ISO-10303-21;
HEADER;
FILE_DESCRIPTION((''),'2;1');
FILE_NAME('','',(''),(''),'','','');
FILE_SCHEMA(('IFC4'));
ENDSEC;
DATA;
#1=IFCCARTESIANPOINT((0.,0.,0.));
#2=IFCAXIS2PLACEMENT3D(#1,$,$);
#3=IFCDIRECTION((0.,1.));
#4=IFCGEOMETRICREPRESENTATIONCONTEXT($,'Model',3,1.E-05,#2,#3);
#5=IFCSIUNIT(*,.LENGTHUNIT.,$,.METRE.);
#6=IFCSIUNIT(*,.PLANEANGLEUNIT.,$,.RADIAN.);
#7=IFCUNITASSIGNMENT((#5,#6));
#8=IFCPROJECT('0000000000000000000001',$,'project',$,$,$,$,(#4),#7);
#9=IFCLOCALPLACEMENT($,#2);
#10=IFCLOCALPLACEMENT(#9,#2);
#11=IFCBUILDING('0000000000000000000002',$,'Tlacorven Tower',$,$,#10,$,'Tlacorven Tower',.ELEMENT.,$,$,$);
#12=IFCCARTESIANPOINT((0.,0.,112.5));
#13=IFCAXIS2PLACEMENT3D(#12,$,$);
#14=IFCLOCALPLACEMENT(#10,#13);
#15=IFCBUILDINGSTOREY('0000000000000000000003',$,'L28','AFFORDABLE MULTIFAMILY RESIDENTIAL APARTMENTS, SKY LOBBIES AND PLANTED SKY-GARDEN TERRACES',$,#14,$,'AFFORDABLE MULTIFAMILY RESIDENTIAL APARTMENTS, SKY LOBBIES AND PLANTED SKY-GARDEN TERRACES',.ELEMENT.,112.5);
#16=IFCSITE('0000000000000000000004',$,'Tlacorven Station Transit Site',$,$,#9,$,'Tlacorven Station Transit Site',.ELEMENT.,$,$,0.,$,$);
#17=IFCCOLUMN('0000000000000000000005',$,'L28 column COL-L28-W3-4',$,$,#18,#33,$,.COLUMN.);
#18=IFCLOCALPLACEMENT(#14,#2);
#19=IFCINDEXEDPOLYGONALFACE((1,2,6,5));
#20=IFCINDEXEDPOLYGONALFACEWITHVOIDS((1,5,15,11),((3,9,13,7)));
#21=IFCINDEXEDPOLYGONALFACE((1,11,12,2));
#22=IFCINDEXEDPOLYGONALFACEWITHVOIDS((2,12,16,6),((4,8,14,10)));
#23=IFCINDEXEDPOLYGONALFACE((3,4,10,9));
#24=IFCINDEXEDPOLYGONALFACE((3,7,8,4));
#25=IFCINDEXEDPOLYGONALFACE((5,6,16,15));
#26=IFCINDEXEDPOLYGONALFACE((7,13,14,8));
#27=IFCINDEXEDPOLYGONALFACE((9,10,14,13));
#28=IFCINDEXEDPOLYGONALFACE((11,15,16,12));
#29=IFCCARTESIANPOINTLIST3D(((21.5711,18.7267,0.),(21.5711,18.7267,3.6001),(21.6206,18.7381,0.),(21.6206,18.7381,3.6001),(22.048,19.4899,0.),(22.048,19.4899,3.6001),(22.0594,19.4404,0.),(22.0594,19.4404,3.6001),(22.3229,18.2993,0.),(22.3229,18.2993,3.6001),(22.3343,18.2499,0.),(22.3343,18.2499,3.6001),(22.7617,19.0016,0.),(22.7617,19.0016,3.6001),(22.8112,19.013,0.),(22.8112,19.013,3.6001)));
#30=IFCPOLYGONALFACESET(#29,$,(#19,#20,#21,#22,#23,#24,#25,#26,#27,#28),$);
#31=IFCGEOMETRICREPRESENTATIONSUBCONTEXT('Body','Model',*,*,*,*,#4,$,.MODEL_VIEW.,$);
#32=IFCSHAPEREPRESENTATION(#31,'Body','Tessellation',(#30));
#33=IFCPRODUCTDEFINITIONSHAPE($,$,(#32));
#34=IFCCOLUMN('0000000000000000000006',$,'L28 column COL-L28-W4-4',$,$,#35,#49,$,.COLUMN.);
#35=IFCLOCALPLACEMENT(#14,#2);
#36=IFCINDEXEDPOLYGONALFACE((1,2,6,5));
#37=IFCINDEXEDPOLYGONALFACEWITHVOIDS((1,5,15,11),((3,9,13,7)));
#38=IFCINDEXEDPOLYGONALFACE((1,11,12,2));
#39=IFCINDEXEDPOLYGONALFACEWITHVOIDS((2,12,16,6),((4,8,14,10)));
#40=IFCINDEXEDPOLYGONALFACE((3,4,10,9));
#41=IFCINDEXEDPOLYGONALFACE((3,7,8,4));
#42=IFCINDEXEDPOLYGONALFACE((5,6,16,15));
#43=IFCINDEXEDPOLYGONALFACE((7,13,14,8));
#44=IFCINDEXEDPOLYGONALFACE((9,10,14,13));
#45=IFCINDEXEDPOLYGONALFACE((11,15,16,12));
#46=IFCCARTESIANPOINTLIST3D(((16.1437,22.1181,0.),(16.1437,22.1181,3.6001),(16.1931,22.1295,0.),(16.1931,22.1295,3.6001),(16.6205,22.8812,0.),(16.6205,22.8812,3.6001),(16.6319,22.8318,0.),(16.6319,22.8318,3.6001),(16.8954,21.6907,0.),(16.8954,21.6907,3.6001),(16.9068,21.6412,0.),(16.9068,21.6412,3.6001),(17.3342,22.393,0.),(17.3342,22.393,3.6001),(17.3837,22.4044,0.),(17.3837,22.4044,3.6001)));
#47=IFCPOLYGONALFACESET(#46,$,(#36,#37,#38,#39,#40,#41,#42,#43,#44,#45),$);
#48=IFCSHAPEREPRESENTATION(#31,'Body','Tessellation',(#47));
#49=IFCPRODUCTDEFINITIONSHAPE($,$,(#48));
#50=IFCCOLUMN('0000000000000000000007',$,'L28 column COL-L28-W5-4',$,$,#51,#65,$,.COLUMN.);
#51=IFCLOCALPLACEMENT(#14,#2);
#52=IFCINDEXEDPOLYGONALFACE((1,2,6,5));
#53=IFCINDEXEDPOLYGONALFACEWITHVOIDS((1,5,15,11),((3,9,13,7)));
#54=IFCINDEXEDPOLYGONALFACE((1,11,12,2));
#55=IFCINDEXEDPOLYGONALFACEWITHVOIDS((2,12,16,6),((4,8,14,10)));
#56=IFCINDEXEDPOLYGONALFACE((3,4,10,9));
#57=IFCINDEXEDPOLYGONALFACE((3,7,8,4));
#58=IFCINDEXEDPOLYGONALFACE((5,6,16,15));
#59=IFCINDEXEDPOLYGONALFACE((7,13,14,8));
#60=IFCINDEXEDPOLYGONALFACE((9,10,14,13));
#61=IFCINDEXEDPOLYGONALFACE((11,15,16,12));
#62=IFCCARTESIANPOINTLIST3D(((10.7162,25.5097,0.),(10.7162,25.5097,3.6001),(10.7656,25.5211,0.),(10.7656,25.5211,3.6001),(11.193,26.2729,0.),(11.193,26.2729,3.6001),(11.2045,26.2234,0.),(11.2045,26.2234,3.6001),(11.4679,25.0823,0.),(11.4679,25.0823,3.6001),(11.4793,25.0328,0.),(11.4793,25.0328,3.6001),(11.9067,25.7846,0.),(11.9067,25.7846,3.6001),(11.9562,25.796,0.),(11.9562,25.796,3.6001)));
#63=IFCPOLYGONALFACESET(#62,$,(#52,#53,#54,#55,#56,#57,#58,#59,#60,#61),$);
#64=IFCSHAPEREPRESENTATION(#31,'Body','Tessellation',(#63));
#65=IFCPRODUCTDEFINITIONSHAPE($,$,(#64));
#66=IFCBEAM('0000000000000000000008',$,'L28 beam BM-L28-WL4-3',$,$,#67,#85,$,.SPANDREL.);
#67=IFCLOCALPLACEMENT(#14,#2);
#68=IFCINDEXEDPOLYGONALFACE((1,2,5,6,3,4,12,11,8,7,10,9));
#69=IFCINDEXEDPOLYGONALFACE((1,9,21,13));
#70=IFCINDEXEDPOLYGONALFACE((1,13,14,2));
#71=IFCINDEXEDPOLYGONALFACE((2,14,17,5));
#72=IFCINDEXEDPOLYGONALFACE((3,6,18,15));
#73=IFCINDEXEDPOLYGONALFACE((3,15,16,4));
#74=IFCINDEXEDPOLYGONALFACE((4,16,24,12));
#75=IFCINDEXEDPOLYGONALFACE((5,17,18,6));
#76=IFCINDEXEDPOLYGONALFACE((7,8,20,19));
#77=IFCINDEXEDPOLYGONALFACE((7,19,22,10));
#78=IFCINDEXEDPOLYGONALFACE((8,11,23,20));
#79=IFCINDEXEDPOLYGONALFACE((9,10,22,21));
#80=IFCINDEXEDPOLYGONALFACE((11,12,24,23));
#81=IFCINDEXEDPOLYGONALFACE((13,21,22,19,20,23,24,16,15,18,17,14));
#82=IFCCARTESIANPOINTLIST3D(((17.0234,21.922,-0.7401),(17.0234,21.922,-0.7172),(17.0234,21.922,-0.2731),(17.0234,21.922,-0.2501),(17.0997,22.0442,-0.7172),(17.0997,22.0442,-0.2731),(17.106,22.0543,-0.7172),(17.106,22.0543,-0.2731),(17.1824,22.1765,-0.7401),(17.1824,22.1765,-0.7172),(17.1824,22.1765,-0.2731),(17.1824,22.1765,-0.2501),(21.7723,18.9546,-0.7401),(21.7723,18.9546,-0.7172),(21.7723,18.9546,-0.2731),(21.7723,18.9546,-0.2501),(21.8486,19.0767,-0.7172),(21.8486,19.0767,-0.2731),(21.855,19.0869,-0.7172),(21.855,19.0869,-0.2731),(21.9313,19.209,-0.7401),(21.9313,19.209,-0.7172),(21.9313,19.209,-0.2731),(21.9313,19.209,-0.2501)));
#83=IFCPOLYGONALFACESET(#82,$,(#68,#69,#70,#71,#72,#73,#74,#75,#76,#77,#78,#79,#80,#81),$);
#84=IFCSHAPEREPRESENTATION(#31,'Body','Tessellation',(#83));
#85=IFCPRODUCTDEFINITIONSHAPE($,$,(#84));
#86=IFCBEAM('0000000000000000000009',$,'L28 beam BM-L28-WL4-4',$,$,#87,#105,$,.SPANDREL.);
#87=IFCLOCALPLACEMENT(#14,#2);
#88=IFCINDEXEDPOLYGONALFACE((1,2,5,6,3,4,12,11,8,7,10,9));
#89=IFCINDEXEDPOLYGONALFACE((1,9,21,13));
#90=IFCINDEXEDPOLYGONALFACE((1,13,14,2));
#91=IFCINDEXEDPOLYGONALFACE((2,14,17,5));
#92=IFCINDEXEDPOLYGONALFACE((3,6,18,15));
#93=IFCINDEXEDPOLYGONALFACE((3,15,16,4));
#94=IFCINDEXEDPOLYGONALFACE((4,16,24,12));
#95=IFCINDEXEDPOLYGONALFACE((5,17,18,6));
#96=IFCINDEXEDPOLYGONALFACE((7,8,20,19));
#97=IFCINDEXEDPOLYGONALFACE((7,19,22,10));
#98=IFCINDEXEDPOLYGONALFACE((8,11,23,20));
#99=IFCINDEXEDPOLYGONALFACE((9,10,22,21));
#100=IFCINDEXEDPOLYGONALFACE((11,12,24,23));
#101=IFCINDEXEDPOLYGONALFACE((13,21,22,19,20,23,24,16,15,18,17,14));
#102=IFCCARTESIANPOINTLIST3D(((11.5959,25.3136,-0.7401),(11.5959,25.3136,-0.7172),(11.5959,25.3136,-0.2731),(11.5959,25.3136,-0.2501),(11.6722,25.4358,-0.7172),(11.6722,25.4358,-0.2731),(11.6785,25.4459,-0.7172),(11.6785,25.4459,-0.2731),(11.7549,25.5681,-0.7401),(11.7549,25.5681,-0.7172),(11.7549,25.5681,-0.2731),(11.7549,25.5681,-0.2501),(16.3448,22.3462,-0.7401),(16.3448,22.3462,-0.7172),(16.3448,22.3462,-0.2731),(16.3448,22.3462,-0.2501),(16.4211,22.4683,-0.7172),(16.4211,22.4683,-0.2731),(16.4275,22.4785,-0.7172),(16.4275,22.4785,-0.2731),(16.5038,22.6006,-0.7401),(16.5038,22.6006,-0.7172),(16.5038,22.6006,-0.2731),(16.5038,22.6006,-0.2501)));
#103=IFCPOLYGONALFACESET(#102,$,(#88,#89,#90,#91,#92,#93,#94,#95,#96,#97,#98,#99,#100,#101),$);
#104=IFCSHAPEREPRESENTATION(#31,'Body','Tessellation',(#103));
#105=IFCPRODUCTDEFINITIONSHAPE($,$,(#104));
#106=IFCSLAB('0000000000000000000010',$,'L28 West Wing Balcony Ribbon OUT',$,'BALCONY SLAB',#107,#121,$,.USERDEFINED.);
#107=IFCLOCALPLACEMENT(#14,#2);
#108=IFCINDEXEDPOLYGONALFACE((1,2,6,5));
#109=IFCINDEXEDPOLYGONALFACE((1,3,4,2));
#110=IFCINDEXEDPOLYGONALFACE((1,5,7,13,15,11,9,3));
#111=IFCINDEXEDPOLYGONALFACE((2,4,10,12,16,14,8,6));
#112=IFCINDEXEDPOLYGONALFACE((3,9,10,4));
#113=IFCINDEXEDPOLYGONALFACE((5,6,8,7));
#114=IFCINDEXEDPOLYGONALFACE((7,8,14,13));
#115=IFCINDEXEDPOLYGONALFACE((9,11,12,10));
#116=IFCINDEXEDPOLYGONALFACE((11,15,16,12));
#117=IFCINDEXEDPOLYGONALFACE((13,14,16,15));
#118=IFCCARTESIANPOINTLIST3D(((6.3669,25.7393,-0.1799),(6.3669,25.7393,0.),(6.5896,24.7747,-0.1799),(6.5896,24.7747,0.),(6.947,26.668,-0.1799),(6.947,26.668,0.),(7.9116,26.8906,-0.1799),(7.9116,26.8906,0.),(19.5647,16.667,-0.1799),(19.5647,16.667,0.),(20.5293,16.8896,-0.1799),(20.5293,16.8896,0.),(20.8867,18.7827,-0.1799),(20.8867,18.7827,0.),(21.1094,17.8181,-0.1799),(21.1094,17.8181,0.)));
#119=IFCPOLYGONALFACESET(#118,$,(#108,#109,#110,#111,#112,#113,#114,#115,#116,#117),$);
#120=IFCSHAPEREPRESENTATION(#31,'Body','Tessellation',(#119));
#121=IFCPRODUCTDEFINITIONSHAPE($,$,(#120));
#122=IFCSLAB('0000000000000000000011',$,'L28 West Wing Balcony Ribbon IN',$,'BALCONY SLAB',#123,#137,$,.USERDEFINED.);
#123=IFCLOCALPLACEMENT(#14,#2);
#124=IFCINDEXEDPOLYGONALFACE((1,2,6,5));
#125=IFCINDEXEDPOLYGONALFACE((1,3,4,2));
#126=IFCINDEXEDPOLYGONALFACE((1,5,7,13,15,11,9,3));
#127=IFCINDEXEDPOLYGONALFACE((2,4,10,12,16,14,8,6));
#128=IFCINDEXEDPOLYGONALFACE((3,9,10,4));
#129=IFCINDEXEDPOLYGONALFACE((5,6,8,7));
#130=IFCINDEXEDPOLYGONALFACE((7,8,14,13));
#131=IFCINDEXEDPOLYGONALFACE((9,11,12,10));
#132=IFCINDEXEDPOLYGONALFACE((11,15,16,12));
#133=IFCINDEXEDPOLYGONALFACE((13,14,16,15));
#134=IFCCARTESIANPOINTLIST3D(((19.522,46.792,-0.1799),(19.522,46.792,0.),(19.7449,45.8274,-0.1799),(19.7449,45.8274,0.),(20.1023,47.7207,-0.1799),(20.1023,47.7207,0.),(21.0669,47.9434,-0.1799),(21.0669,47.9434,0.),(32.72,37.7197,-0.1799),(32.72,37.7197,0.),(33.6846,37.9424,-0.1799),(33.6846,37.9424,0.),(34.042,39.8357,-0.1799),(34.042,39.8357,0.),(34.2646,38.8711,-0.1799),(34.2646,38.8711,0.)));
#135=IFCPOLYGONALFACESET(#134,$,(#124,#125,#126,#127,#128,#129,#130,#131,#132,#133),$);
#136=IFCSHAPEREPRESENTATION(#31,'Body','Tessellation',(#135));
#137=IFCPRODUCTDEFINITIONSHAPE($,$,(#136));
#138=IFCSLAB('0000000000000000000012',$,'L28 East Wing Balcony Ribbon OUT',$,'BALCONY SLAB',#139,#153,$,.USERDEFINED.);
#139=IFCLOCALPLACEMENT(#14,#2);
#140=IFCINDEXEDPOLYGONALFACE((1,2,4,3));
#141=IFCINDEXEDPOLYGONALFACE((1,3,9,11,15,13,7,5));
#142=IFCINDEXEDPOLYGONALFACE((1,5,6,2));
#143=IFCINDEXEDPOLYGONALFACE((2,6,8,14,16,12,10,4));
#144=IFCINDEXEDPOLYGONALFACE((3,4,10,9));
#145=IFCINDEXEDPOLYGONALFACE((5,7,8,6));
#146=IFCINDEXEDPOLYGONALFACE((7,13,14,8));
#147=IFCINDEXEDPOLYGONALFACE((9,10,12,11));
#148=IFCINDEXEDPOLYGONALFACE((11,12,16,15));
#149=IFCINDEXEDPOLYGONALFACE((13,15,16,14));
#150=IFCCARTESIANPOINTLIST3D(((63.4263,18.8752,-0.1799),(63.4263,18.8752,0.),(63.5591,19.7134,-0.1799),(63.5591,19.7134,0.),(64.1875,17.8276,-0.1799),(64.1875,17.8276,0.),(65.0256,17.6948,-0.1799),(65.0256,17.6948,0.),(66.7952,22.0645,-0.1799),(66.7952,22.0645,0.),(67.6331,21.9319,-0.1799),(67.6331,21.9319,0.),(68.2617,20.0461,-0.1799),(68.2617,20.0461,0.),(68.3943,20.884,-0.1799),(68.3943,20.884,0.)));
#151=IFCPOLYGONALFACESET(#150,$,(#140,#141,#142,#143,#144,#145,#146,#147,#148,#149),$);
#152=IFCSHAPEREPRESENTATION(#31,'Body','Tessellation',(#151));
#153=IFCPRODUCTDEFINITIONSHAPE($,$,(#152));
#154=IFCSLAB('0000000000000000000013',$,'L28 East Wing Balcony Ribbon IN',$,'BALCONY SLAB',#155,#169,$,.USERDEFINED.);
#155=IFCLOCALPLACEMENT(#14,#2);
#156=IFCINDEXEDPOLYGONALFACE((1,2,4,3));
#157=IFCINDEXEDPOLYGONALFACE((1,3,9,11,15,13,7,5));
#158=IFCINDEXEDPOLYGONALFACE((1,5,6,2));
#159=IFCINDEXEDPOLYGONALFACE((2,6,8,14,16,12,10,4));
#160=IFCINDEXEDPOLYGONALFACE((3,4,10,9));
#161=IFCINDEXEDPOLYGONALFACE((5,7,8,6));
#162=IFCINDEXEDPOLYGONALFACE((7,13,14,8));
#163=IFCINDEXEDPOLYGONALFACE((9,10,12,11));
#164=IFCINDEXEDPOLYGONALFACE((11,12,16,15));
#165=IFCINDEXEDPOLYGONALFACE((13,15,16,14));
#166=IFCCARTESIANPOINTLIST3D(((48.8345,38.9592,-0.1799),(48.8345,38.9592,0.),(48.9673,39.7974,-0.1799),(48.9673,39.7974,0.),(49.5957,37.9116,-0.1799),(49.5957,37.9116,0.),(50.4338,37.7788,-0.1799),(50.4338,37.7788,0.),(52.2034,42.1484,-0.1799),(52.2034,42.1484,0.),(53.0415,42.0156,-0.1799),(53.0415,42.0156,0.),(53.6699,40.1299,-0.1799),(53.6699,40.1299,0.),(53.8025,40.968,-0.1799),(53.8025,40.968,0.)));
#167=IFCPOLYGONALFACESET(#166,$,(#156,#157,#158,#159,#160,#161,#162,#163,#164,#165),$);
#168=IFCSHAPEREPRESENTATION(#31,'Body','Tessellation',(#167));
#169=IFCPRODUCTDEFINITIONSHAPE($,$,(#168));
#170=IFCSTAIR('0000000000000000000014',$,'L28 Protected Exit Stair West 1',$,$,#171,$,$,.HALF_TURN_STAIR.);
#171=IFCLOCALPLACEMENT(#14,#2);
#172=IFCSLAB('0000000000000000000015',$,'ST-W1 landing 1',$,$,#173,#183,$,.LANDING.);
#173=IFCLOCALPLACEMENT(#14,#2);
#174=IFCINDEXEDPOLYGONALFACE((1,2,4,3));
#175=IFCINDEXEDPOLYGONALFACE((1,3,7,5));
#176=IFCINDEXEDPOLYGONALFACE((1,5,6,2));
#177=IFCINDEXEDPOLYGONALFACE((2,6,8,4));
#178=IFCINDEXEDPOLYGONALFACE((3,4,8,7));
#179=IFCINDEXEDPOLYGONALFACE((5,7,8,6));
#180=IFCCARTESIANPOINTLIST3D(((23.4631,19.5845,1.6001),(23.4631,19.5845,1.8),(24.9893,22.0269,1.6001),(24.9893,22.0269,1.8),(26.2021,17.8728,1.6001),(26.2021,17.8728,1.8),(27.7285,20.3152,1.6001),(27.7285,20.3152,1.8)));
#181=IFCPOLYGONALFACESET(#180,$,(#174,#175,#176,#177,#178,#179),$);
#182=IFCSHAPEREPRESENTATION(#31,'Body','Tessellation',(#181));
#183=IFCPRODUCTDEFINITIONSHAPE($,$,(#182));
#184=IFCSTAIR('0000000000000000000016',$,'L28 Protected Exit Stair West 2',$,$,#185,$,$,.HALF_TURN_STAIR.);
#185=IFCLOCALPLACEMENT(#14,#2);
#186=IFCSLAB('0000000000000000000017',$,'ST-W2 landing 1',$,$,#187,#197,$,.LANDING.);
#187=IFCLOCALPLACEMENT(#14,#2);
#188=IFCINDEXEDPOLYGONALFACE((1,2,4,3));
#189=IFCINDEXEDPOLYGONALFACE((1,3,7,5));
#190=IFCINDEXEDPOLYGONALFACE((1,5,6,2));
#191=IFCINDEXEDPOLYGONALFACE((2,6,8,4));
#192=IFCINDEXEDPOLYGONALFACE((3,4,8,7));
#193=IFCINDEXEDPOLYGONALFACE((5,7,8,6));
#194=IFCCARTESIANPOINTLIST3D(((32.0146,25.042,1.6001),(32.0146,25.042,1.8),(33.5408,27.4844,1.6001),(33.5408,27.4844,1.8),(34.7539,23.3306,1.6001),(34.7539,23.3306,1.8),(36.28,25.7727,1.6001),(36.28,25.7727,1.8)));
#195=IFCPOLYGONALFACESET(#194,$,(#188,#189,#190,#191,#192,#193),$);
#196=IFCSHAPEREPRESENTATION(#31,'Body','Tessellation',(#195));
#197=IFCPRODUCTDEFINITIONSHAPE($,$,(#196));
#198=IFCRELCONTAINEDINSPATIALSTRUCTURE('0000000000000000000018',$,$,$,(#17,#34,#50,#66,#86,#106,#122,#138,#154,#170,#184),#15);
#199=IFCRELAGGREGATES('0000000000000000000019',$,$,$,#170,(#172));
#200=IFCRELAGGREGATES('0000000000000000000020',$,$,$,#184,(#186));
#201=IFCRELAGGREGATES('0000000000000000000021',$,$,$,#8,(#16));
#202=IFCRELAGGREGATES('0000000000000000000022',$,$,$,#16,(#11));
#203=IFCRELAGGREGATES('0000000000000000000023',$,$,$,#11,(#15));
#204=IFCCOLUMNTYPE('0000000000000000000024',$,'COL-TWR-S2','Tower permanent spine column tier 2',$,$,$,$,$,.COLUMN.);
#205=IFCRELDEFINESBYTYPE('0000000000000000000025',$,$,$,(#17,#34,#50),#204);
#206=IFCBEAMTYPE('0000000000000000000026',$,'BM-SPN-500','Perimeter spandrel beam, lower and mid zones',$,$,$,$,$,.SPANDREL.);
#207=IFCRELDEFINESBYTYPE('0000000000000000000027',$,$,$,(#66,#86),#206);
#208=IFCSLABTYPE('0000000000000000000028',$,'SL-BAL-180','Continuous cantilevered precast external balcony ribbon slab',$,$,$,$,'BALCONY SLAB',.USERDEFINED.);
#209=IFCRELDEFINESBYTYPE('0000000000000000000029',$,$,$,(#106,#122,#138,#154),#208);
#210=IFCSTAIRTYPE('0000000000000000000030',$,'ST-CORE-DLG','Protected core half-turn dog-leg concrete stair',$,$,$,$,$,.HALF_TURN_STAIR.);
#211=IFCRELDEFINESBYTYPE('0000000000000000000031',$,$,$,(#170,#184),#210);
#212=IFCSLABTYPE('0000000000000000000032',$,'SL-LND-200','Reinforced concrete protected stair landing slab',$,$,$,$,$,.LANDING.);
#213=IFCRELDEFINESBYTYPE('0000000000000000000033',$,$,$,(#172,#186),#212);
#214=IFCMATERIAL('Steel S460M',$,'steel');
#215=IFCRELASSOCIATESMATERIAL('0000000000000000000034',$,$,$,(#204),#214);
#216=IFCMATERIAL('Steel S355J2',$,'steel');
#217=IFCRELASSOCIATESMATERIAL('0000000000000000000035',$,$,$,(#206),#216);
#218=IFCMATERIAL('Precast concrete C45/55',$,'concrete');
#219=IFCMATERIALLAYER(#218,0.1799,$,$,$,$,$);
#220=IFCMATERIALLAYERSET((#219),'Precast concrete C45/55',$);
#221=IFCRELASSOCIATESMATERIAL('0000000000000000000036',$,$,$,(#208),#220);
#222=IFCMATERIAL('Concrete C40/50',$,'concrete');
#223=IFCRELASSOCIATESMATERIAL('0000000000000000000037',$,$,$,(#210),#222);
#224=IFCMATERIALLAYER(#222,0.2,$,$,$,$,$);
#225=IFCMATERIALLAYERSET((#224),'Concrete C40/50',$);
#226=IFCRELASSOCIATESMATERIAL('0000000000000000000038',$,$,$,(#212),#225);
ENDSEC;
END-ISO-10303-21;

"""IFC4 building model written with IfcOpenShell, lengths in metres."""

from ifc_helpers import new_model, si_unit, direction, frame, origin, origin_2d, place, context, subcontext, project, spatial, polyline, hollow_rectangle, i_section, outline, extrude, source, transform, mapped, material, layer, layer_set, material_profile, profile_set, type_object, element, aggregate, save


model = new_model("IFC4")

# Units and contexts
model_context = context("Model", 3, precision=1e-05, world=origin(), true_north=direction((0.0, 1.0)))
body_context = subcontext(model_context, "Body", "Model", "MODEL_VIEW")
ifc_project = project(units=[si_unit("LENGTHUNIT", "METRE"), si_unit("PLANEANGLEUNIT", "RADIAN")], contexts=[model_context])

# Site, building, storey
site_placement = place(None, origin())
site = spatial("IfcSite", under=ifc_project, at=site_placement, Name="Tlacorven Station Transit Site", LongName="Tlacorven Station Transit Site", CompositionType="ELEMENT", RefElevation=0.0)
building_placement = place(site_placement, origin())
building = spatial("IfcBuilding", under=site, at=building_placement, Name="Tlacorven Tower", LongName="Tlacorven Tower", CompositionType="ELEMENT")
storey_placement = place(building_placement, frame((0.0, 0.0, 112.5)))
storey = spatial("IfcBuildingStorey", under=building, at=storey_placement, Name="L28", Description="AFFORDABLE MULTIFAMILY RESIDENTIAL APARTMENTS, SKY LOBBIES AND PLANTED SKY-GARDEN TERRACES", LongName="AFFORDABLE MULTIFAMILY RESIDENTIAL APARTMENTS, SKY LOBBIES AND PLANTED SKY-GARDEN TERRACES", CompositionType="ELEMENT", Elevation=112.5)

# Columns
ifc_material_1 = material(Name="Steel S460M", Category="steel")
ifc_material_profile_1 = material_profile(ifc_material_1, hollow_rectangle(XDim=0.8999, YDim=0.8999, WallThickness=0.0359, at=origin_2d()), Name="BOX 900X900X36")
ifc_profile_set_1 = profile_set([ifc_material_profile_1], Name="Steel S460M")
column_type = type_object("IfcColumnType", Name="COL-TWR-S2", Description="Tower permanent spine column tier 2", PredefinedType="COLUMN", material=ifc_profile_set_1)
shared_shape_1 = source(origin(), body_context, "Body", "SweptSolid", [
    extrude(hollow_rectangle(XDim=0.8999, YDim=0.8999, WallThickness=0.0359, at=origin_2d()), origin(), (0.0, 0.0, 1.0), 3.6001),
])
for number, where, z_axis, x_axis, name in (
    (1, (22.1912, 18.8699, 0.0), (0.0, 0.0, 1.0), (-0.848048, 0.529919, 0.0), "L28 column COL-L28-W3-4"),
    (2, (16.7637, 22.2612, 0.0), (0.0, 0.0, 1.0), (-0.848048, 0.529919, 0.0), "L28 column COL-L28-W4-4"),
    (3, (11.3362, 25.6528, 0.0), (0.0, 0.0, 1.0), (-0.848048, 0.529919, 0.0), "L28 column COL-L28-W5-4"),
):
    element("IfcColumn", number, at=place(storey_placement, frame(where, z_axis=z_axis, x_axis=x_axis)), inside=storey, type_object=column_type, Name=name, PredefinedType="COLUMN", context=body_context, shape_type="MappedRepresentation", body=[
        mapped(shared_shape_1, transform((0.0, 0.0, 0.0), scale=1.0)),
    ])

# Beams
ifc_material_2 = material(Name="Steel S355J2", Category="steel")
ifc_material_profile_2 = material_profile(ifc_material_2, i_section(OverallWidth=0.3, OverallDepth=0.49, WebThickness=0.012, FlangeThickness=0.0229, at=origin_2d()), Name="HEA 500")
ifc_profile_set_2 = profile_set([ifc_material_profile_2], Name="Steel S355J2")
beam_type = type_object("IfcBeamType", Name="BM-SPN-500", Description="Perimeter spandrel beam, lower and mid zones", PredefinedType="SPANDREL", material=ifc_profile_set_2)
shared_shape_2 = source(origin(), body_context, "Body", "SweptSolid", [
    extrude(i_section(OverallWidth=0.3, OverallDepth=0.49, WebThickness=0.012, FlangeThickness=0.0229, at=origin_2d()), origin(), (0.0, 0.0, 1.0), 5.5999),
])
for number, where, z_axis, x_axis, name in (
    (4, (21.8518, 19.0818, -0.4951), (-0.848047, 0.529921, 0.0), (-0.529921, -0.848047, 0.0), "L28 beam BM-L28-WL4-3"),
    (5, (16.4243, 22.4734, -0.4951), (-0.848047, 0.529921, 0.0), (-0.529921, -0.848047, 0.0), "L28 beam BM-L28-WL4-4"),
):
    element("IfcBeam", number, at=place(storey_placement, frame(where, z_axis=z_axis, x_axis=x_axis)), inside=storey, type_object=beam_type, Name=name, PredefinedType="SPANDREL", context=body_context, shape_type="MappedRepresentation", body=[
        mapped(shared_shape_2, transform((0.0, 0.0, 0.0), scale=1.0)),
    ])

# Slabs
ifc_material_3 = material(Name="Precast concrete C45/55", Category="concrete")
ifc_layer_1 = layer(ifc_material_3, 0.1799)
ifc_layer_set_1 = layer_set([ifc_layer_1], Name="Precast concrete C45/55")
slab_type_1 = type_object("IfcSlabType", Name="SL-BAL-180", Description="Continuous cantilevered precast external balcony ribbon slab", ElementType="BALCONY SLAB", PredefinedType="USERDEFINED", material=ifc_layer_set_1)
slab_1_placement = place(storey_placement, frame((0.0, 0.0, -0.1799)))
element("IfcSlab", 6, at=slab_1_placement, inside=storey, type_object=slab_type_1, Name="L28 West Wing Balcony Ribbon OUT", ObjectType="BALCONY SLAB", PredefinedType="USERDEFINED", context=body_context, shape_type="SweptSolid", body=[
    extrude(outline(polyline([(20.8867, 18.7827), (7.9116, 26.8906), (6.947, 26.668), (6.3669, 25.7393), (6.5896, 24.7747), (19.5647, 16.667), (20.5293, 16.8896), (21.1094, 17.8181), (20.8867, 18.7827)])), origin(), (0.0, 0.0, 1.0), 0.1799),
])
slab_2_placement = place(storey_placement, frame((0.0, 0.0, -0.1799)))
element("IfcSlab", 7, at=slab_2_placement, inside=storey, type_object=slab_type_1, Name="L28 West Wing Balcony Ribbon IN", ObjectType="BALCONY SLAB", PredefinedType="USERDEFINED", context=body_context, shape_type="SweptSolid", body=[
    extrude(outline(polyline([(34.042, 39.8357), (21.0669, 47.9434), (20.1023, 47.7207), (19.522, 46.792), (19.7449, 45.8274), (32.72, 37.7197), (33.6846, 37.9424), (34.2646, 38.8711), (34.042, 39.8357)])), origin(), (0.0, 0.0, 1.0), 0.1799),
])
slab_3_placement = place(storey_placement, frame((0.0, 0.0, -0.1799)))
element("IfcSlab", 8, at=slab_3_placement, inside=storey, type_object=slab_type_1, Name="L28 East Wing Balcony Ribbon OUT", ObjectType="BALCONY SLAB", PredefinedType="USERDEFINED", context=body_context, shape_type="SweptSolid", body=[
    extrude(outline(polyline([(65.0256, 17.6948), (68.2617, 20.0461), (68.3943, 20.884), (67.6331, 21.9319), (66.7952, 22.0645), (63.5591, 19.7134), (63.4263, 18.8752), (64.1875, 17.8276), (65.0256, 17.6948)])), origin(), (0.0, 0.0, 1.0), 0.1799),
])
slab_4_placement = place(storey_placement, frame((0.0, 0.0, -0.1799)))
element("IfcSlab", 9, at=slab_4_placement, inside=storey, type_object=slab_type_1, Name="L28 East Wing Balcony Ribbon IN", ObjectType="BALCONY SLAB", PredefinedType="USERDEFINED", context=body_context, shape_type="SweptSolid", body=[
    extrude(outline(polyline([(50.4338, 37.7788), (53.6699, 40.1299), (53.8025, 40.968), (53.0415, 42.0156), (52.2034, 42.1484), (48.9673, 39.7974), (48.8345, 38.9592), (49.5957, 37.9116), (50.4338, 37.7788)])), origin(), (0.0, 0.0, 1.0), 0.1799),
])

# Stairs, slabs
ifc_material_4 = material(Name="Concrete C40/50", Category="concrete")
stair_type = type_object("IfcStairType", Name="ST-CORE-DLG", Description="Protected core half-turn dog-leg concrete stair", PredefinedType="HALF_TURN_STAIR", material=ifc_material_4)
stair_1_placement = place(storey_placement, origin())
stair_1 = element("IfcStair", 10, at=stair_1_placement, inside=storey, type_object=stair_type, Name="L28 Protected Exit Stair West 1", PredefinedType="HALF_TURN_STAIR")
ifc_layer_2 = layer(ifc_material_4, 0.2)
ifc_layer_set_2 = layer_set([ifc_layer_2], Name="Concrete C40/50")
slab_type_2 = type_object("IfcSlabType", Name="SL-LND-200", Description="Reinforced concrete protected stair landing slab", PredefinedType="LANDING", material=ifc_layer_set_2)
slab_5_placement = place(storey_placement, frame((0.0, 0.0, 1.6001)))
slab_5 = element("IfcSlab", 11, at=slab_5_placement, type_object=slab_type_2, Name="ST-W1 landing 1", PredefinedType="LANDING", context=body_context, shape_type="SweptSolid", body=[
    extrude(outline(polyline([(27.7285, 20.3152), (24.9893, 22.0269), (23.4631, 19.5845), (26.2021, 17.8728), (27.7285, 20.3152)])), origin(), (0.0, 0.0, 1.0), 0.2),
])
aggregate(stair_1, [slab_5])
stair_2_placement = place(storey_placement, origin())
stair_2 = element("IfcStair", 12, at=stair_2_placement, inside=storey, type_object=stair_type, Name="L28 Protected Exit Stair West 2", PredefinedType="HALF_TURN_STAIR")
slab_6_placement = place(storey_placement, frame((0.0, 0.0, 1.6001)))
slab_6 = element("IfcSlab", 13, at=slab_6_placement, type_object=slab_type_2, Name="ST-W2 landing 1", PredefinedType="LANDING", context=body_context, shape_type="SweptSolid", body=[
    extrude(outline(polyline([(36.28, 25.7727), (33.5408, 27.4844), (32.0146, 25.042), (34.7539, 23.3306), (36.28, 25.7727)])), origin(), (0.0, 0.0, 1.0), 0.2),
])
aggregate(stair_2, [slab_6])

save(model, "model.ifc")
